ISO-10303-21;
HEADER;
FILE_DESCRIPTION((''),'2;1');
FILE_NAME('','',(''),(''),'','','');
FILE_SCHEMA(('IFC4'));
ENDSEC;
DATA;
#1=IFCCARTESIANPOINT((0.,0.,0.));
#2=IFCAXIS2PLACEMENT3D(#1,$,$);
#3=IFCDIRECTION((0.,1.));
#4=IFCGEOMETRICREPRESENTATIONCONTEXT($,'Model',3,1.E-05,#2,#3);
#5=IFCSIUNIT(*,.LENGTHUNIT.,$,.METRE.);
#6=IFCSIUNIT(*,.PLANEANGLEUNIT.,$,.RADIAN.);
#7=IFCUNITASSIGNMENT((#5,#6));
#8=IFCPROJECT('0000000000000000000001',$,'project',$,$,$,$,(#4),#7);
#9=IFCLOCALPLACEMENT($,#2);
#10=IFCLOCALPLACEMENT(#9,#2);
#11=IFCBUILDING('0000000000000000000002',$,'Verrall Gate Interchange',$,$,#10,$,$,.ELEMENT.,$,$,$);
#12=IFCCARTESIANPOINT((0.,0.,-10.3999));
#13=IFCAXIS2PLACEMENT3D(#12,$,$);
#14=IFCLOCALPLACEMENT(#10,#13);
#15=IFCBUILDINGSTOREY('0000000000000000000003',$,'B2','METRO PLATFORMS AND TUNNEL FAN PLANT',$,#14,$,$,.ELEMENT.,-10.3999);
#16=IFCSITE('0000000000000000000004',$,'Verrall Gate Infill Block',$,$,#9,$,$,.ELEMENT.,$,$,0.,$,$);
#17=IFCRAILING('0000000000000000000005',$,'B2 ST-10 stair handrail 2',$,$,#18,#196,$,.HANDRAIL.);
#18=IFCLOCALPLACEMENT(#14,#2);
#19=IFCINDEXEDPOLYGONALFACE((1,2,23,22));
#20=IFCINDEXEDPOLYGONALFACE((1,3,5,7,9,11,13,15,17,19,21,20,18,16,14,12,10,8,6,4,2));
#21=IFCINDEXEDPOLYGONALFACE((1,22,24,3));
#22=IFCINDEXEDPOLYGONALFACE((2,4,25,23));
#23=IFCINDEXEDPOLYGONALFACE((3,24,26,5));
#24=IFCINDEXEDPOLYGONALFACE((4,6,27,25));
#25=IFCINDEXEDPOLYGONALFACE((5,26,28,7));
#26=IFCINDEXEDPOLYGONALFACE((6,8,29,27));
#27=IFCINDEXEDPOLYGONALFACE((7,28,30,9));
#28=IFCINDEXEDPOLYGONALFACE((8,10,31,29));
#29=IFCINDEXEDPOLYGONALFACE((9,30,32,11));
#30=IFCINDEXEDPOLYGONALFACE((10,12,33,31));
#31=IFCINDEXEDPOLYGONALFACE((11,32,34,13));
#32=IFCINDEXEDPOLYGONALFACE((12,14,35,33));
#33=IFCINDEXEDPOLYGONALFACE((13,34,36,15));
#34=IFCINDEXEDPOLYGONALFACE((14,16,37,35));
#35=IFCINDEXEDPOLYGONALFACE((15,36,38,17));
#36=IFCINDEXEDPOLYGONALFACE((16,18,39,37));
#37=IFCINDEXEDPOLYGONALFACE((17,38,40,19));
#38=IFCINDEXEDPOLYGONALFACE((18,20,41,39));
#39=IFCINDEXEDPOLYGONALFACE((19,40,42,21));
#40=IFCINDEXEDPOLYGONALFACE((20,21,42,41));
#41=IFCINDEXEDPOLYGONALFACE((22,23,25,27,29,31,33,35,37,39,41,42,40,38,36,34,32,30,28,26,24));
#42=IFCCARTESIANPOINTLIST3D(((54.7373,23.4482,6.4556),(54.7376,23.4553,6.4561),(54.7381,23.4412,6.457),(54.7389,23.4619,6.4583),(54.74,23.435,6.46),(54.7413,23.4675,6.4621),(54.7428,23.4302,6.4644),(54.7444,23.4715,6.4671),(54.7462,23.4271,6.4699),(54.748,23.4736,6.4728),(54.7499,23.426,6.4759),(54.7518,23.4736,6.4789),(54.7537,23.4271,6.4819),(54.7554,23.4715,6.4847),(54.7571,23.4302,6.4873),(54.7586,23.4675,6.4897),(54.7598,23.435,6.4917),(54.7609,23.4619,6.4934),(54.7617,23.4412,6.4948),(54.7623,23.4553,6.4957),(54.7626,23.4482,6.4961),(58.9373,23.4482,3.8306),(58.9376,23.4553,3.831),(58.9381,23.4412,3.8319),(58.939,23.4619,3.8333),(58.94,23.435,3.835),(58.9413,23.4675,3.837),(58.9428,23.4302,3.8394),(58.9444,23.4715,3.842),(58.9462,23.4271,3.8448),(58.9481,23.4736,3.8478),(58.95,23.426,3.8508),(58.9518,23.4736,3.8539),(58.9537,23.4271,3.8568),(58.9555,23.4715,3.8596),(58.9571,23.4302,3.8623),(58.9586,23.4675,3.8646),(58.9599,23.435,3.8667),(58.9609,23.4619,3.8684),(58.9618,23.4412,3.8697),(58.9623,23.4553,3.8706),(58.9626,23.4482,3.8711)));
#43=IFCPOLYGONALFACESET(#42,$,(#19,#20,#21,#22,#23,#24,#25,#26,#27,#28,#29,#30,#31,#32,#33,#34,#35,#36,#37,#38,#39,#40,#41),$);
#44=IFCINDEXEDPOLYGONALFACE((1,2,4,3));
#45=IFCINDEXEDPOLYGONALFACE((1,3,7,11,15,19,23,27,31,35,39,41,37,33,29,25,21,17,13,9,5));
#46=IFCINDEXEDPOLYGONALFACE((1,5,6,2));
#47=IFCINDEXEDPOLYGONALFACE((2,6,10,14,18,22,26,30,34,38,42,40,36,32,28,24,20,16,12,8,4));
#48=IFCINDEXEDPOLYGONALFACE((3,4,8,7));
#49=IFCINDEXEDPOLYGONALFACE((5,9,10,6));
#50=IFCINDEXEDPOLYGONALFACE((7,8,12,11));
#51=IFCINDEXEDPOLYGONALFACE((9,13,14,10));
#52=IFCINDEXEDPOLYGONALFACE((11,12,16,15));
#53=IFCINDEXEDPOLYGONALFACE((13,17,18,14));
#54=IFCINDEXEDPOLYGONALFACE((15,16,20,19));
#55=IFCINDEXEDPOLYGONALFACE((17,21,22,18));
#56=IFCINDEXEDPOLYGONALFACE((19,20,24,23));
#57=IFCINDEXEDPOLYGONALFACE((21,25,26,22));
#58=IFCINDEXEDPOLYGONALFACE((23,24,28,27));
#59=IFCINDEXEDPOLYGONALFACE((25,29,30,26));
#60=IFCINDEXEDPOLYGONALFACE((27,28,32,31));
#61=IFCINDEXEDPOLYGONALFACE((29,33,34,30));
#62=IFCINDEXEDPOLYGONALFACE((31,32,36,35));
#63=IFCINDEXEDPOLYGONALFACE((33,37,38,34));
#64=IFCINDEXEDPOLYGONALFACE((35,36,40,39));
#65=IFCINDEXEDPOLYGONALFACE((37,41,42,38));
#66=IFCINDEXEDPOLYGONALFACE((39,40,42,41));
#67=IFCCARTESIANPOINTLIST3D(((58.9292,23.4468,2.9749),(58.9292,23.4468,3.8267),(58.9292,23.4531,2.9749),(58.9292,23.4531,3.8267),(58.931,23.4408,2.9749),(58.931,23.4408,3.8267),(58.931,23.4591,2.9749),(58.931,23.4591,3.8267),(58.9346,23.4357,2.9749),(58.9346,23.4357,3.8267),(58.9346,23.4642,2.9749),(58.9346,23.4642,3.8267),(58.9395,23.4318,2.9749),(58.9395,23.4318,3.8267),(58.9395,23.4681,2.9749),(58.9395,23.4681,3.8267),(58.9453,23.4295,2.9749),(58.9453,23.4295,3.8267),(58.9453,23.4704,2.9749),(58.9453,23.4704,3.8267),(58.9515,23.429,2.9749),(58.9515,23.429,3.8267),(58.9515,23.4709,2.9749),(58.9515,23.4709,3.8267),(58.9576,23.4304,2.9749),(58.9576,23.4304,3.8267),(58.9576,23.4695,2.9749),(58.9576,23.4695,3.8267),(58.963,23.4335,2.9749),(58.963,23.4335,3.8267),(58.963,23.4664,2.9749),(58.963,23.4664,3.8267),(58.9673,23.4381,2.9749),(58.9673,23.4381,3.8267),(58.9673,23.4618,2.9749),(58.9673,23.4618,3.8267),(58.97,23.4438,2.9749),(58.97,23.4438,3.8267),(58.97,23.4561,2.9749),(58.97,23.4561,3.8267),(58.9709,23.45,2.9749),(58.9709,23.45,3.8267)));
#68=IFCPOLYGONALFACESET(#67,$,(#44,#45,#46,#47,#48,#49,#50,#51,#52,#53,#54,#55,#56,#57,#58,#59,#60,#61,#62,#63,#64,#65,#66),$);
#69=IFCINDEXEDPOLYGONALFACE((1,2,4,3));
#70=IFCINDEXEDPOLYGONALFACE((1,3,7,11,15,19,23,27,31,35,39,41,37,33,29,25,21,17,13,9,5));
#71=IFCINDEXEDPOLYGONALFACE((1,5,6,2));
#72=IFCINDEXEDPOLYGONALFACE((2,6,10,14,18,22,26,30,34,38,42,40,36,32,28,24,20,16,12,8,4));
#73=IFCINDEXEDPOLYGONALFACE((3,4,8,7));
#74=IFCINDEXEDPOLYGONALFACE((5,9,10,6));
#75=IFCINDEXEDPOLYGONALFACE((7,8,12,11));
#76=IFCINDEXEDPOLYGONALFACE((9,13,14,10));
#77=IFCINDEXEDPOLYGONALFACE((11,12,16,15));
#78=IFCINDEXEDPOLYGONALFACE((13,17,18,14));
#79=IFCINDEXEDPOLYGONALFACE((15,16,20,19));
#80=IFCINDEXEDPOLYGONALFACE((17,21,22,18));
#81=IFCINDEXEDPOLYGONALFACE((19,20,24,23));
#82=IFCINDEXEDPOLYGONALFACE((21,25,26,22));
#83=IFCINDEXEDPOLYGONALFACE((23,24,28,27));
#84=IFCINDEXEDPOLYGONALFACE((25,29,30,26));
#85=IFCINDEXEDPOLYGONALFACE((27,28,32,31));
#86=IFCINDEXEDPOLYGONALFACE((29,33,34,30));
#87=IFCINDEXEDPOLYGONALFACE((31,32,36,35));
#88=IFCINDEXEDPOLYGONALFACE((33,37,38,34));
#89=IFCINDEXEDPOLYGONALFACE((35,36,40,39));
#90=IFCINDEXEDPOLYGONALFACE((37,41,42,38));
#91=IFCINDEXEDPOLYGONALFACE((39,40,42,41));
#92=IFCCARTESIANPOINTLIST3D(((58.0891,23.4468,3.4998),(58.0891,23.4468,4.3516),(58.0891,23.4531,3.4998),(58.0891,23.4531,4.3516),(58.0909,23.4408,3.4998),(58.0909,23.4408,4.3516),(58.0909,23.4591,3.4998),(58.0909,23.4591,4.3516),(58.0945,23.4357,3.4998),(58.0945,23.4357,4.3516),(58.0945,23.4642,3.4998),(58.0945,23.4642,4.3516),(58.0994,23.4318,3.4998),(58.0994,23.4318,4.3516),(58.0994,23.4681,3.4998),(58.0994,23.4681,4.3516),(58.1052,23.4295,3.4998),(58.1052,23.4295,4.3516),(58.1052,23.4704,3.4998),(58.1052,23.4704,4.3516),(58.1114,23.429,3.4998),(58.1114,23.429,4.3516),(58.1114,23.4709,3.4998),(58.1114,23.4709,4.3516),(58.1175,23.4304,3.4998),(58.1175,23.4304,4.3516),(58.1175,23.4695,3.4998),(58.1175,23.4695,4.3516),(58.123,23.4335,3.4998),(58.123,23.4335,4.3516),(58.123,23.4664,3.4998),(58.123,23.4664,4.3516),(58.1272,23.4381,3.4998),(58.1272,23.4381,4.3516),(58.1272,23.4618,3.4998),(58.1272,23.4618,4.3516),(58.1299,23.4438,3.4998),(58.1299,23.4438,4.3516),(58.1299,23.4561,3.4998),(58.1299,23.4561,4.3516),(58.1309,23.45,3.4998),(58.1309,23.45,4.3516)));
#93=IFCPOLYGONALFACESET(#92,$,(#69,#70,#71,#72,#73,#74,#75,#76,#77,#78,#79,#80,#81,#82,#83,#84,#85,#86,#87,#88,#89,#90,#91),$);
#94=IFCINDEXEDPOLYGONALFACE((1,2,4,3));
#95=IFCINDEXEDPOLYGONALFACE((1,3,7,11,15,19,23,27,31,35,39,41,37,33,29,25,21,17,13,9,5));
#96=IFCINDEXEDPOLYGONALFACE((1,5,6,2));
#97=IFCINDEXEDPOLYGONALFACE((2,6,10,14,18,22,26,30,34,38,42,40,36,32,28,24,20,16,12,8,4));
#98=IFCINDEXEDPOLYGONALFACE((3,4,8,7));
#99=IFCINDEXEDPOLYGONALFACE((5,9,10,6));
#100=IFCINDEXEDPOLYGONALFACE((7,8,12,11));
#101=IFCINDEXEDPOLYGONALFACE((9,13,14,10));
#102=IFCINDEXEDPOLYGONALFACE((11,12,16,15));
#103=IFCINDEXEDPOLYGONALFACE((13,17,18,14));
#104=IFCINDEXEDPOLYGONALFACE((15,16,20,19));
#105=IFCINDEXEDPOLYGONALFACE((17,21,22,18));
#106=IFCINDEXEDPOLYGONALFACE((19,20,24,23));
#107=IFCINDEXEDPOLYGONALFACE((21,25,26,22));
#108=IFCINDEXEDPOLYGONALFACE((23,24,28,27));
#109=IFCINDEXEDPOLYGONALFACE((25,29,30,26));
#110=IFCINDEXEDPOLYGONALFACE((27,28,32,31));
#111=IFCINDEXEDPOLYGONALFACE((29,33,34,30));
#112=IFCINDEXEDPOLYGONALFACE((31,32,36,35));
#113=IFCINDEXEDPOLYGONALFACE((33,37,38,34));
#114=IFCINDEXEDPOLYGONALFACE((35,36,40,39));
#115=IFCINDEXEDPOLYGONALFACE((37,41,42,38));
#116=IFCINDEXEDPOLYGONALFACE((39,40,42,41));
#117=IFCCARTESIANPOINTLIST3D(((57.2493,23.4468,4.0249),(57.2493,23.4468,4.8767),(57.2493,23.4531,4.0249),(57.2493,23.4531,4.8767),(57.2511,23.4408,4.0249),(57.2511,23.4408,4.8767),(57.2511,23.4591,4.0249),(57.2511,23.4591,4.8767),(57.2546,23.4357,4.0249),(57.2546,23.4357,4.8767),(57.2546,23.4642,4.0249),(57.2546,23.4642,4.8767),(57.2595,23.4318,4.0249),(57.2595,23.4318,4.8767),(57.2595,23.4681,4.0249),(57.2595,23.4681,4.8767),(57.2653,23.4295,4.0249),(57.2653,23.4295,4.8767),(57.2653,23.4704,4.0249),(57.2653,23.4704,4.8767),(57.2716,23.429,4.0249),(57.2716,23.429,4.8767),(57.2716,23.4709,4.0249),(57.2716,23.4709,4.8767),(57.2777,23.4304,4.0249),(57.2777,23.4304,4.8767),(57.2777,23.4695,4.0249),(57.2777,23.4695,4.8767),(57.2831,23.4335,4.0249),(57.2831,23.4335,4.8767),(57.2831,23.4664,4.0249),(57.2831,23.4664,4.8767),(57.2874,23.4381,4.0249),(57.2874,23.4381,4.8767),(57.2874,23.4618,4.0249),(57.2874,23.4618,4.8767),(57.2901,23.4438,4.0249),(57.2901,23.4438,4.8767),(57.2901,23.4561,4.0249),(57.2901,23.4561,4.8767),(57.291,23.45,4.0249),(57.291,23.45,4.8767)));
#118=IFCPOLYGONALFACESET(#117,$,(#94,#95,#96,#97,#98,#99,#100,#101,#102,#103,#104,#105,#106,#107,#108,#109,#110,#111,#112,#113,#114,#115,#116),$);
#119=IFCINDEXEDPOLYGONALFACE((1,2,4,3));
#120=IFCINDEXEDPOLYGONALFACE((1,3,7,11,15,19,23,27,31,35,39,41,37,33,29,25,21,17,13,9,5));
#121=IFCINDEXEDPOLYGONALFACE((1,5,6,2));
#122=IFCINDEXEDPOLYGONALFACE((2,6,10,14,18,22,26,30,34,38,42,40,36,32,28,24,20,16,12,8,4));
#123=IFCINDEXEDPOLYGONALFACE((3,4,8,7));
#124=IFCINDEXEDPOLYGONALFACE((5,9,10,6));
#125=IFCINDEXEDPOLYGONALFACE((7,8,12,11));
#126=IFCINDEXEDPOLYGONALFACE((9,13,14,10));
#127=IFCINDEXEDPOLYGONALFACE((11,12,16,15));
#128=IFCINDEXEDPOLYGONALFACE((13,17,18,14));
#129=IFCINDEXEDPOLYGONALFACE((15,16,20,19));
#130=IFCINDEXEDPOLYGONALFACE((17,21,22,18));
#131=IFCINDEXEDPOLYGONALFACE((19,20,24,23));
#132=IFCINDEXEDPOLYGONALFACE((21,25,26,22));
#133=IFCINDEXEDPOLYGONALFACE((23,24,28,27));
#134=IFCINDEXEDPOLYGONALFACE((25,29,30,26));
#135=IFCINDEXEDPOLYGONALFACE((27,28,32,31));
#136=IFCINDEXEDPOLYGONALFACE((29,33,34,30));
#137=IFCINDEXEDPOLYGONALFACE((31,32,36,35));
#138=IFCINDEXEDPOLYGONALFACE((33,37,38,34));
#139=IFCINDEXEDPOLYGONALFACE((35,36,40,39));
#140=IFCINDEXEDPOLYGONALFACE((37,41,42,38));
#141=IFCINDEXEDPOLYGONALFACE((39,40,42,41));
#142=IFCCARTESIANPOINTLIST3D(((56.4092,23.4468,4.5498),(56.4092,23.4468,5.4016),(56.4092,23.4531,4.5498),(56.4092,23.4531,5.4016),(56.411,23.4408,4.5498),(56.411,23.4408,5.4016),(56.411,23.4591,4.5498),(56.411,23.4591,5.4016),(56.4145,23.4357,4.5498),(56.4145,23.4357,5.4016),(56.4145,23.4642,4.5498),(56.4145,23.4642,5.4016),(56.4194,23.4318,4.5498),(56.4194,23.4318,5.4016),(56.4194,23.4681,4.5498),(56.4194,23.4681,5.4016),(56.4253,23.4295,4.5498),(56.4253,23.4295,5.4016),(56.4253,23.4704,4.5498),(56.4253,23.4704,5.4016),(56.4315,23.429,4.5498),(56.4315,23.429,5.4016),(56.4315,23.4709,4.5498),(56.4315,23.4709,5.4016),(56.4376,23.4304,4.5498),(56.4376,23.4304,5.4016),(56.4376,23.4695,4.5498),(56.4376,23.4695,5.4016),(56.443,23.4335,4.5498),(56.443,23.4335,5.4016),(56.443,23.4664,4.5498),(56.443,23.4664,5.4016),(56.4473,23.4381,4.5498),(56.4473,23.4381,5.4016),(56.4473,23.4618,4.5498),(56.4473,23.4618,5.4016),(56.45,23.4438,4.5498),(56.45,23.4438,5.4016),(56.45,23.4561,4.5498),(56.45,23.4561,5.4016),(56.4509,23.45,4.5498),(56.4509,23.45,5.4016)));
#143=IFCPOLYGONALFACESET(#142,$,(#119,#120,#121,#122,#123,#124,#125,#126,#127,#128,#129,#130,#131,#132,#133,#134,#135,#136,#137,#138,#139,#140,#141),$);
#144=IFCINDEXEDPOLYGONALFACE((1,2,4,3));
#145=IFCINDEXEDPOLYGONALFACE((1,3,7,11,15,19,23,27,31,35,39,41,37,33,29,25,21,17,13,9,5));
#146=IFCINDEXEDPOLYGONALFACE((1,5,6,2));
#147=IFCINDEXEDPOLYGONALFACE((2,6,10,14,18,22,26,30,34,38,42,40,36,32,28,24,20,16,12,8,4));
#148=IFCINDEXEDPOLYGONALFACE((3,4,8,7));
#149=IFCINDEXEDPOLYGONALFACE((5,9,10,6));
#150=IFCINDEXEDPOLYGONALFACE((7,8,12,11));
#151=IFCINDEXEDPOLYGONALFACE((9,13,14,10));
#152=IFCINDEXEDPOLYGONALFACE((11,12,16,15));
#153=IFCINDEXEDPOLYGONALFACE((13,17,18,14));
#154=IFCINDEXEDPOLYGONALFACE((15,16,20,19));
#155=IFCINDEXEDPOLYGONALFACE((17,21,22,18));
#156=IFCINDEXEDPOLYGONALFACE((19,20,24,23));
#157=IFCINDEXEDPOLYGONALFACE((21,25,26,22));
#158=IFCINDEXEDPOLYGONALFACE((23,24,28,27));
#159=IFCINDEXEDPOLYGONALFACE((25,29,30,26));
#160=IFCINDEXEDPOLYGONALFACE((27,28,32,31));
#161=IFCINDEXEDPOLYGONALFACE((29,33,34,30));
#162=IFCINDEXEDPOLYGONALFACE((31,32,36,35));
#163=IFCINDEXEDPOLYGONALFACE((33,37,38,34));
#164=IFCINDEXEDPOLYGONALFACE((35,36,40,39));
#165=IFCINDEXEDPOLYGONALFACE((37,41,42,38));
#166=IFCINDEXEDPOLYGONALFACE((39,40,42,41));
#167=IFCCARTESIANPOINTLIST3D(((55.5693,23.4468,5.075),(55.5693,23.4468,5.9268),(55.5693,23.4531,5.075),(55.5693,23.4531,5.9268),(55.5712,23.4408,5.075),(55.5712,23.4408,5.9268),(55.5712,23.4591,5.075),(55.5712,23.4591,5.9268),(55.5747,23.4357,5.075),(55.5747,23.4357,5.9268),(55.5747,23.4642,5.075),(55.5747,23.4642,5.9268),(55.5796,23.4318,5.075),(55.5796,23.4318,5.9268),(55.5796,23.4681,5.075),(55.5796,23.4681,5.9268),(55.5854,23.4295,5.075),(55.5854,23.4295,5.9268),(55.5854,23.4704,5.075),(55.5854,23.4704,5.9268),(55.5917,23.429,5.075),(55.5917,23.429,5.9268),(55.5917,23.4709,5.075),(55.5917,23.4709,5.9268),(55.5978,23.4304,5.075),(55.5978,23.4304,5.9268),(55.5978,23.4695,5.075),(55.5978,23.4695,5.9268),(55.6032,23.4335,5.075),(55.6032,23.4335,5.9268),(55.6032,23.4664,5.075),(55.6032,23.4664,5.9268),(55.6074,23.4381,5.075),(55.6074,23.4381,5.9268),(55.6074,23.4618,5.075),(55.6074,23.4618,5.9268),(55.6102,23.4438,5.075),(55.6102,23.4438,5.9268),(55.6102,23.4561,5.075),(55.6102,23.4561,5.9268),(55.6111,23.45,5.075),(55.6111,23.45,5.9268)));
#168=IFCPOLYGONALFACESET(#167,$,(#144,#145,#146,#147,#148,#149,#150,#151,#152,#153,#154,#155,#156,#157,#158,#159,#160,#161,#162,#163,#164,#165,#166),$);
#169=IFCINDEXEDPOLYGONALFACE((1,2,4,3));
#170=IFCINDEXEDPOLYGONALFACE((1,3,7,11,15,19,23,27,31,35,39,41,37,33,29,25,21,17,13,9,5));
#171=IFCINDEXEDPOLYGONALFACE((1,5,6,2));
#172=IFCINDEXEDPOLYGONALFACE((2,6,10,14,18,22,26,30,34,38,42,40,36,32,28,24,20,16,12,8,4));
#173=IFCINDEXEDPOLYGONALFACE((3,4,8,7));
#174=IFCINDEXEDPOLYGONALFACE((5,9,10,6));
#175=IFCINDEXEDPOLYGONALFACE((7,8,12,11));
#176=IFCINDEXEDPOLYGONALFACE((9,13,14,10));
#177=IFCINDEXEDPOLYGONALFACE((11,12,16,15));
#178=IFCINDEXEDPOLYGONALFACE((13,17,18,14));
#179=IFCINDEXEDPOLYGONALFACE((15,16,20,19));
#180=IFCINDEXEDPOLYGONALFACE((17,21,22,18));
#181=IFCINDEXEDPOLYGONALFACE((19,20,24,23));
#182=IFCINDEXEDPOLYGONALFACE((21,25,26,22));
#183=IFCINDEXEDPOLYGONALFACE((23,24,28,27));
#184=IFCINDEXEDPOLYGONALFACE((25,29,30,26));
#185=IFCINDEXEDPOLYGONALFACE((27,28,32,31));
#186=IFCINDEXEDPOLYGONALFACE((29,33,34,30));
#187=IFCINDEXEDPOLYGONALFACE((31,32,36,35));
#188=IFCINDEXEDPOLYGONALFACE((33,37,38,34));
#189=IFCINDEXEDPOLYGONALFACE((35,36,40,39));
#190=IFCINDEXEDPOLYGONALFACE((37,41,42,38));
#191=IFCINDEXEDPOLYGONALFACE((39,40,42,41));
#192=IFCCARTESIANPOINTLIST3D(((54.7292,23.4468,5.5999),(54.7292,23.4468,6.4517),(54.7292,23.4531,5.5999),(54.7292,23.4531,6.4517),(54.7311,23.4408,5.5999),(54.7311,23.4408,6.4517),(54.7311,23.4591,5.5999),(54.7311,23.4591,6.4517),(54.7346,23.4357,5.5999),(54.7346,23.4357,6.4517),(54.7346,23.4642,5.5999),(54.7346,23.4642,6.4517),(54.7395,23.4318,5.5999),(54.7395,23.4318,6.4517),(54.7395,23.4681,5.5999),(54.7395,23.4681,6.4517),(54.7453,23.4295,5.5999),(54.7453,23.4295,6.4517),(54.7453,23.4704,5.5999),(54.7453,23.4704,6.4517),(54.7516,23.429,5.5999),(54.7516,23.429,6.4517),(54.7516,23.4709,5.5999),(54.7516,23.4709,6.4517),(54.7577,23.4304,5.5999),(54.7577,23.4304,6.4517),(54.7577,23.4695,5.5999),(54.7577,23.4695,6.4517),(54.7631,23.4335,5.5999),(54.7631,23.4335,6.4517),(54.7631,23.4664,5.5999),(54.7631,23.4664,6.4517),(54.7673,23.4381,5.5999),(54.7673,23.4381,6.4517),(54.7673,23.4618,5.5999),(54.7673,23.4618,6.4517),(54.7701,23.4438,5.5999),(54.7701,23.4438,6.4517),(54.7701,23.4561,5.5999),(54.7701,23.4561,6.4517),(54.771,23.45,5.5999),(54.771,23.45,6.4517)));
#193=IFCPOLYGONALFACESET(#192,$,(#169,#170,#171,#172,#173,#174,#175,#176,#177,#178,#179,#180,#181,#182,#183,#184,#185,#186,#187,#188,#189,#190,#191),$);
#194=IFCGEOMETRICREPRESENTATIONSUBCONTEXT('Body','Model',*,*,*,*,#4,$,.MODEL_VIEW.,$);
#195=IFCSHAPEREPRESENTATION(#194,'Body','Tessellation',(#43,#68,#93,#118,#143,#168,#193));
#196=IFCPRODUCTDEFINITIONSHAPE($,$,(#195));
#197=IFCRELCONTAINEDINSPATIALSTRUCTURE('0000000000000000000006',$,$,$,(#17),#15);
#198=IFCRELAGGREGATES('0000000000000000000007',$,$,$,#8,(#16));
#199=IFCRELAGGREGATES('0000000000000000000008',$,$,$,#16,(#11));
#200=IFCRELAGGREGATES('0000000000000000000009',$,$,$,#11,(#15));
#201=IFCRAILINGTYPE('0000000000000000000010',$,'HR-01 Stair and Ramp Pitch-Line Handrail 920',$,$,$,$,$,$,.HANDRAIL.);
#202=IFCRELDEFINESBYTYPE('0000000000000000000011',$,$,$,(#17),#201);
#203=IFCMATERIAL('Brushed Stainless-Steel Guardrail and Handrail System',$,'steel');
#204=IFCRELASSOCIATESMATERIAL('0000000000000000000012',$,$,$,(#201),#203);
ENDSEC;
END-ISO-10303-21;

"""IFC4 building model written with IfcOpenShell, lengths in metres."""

from ifc_helpers import new_model, si_unit, direction, frame, origin, origin_2d, place, context, subcontext, project, spatial, circle, extrude, material, type_object, element, save


model = new_model("IFC4")

# Units and contexts
model_context = context("Model", 3, precision=1e-05, world=origin(), true_north=direction((0.0, 1.0)))
body_context = subcontext(model_context, "Body", "Model", "MODEL_VIEW")
ifc_project = project(units=[si_unit("LENGTHUNIT", "METRE"), si_unit("PLANEANGLEUNIT", "RADIAN")], contexts=[model_context])

# Site, building, storey
site_placement = place(None, origin())
site = spatial("IfcSite", under=ifc_project, at=site_placement, Name="Verrall Gate Infill Block", CompositionType="ELEMENT", RefElevation=0.0)
building_placement = place(site_placement, origin())
building = spatial("IfcBuilding", under=site, at=building_placement, Name="Verrall Gate Interchange", CompositionType="ELEMENT")
storey_placement = place(building_placement, frame((0.0, 0.0, -10.3999)))
storey = spatial("IfcBuildingStorey", under=building, at=storey_placement, Name="B2", Description="METRO PLATFORMS AND TUNNEL FAN PLANT", CompositionType="ELEMENT", Elevation=-10.3999)

# Railing
ifc_material_1 = material(Name="Brushed Stainless-Steel Guardrail and Handrail System", Category="steel")
railing_type_1 = type_object("IfcRailingType", Name="HR-01 Stair and Ramp Pitch-Line Handrail 920", PredefinedType="HANDRAIL", material=ifc_material_1)
railing_1_placement = place(storey_placement, frame((58.95, 23.45, 2.9749)))
element("IfcRailing", 1, at=railing_1_placement, inside=storey, type_object=railing_type_1, Name="B2 ST-10 stair handrail 2", PredefinedType="HANDRAIL", context=body_context, shape_type="SweptSolid", body=[
    extrude(circle(Radius=0.0239, at=origin_2d()), frame((0.0, 0.0, 0.876), z_axis=(-0.847996, 0.0, 0.530003), x_axis=(0.0, -1.0, 0.0)), (0.0, 0.0, 1.0), 4.9529),
    extrude(circle(Radius=0.021, at=origin_2d()), origin(), (0.0, 0.0, 1.0), 0.8518),
    extrude(circle(Radius=0.021, at=origin_2d()), frame((-0.8401, 0.0, 0.5249)), (0.0, 0.0, 1.0), 0.8518),
    extrude(circle(Radius=0.021, at=origin_2d()), frame((-1.6799, 0.0, 1.05)), (0.0, 0.0, 1.0), 0.8518),
    extrude(circle(Radius=0.021, at=origin_2d()), frame((-2.52, 0.0, 1.575)), (0.0, 0.0, 1.0), 0.8518),
    extrude(circle(Radius=0.021, at=origin_2d()), frame((-3.3599, 0.0, 2.1001)), (0.0, 0.0, 1.0), 0.8518),
    extrude(circle(Radius=0.021, at=origin_2d()), frame((-4.2, 0.0, 2.625)), (0.0, 0.0, 1.0), 0.8518),
])

save(model, "model.ifc")
